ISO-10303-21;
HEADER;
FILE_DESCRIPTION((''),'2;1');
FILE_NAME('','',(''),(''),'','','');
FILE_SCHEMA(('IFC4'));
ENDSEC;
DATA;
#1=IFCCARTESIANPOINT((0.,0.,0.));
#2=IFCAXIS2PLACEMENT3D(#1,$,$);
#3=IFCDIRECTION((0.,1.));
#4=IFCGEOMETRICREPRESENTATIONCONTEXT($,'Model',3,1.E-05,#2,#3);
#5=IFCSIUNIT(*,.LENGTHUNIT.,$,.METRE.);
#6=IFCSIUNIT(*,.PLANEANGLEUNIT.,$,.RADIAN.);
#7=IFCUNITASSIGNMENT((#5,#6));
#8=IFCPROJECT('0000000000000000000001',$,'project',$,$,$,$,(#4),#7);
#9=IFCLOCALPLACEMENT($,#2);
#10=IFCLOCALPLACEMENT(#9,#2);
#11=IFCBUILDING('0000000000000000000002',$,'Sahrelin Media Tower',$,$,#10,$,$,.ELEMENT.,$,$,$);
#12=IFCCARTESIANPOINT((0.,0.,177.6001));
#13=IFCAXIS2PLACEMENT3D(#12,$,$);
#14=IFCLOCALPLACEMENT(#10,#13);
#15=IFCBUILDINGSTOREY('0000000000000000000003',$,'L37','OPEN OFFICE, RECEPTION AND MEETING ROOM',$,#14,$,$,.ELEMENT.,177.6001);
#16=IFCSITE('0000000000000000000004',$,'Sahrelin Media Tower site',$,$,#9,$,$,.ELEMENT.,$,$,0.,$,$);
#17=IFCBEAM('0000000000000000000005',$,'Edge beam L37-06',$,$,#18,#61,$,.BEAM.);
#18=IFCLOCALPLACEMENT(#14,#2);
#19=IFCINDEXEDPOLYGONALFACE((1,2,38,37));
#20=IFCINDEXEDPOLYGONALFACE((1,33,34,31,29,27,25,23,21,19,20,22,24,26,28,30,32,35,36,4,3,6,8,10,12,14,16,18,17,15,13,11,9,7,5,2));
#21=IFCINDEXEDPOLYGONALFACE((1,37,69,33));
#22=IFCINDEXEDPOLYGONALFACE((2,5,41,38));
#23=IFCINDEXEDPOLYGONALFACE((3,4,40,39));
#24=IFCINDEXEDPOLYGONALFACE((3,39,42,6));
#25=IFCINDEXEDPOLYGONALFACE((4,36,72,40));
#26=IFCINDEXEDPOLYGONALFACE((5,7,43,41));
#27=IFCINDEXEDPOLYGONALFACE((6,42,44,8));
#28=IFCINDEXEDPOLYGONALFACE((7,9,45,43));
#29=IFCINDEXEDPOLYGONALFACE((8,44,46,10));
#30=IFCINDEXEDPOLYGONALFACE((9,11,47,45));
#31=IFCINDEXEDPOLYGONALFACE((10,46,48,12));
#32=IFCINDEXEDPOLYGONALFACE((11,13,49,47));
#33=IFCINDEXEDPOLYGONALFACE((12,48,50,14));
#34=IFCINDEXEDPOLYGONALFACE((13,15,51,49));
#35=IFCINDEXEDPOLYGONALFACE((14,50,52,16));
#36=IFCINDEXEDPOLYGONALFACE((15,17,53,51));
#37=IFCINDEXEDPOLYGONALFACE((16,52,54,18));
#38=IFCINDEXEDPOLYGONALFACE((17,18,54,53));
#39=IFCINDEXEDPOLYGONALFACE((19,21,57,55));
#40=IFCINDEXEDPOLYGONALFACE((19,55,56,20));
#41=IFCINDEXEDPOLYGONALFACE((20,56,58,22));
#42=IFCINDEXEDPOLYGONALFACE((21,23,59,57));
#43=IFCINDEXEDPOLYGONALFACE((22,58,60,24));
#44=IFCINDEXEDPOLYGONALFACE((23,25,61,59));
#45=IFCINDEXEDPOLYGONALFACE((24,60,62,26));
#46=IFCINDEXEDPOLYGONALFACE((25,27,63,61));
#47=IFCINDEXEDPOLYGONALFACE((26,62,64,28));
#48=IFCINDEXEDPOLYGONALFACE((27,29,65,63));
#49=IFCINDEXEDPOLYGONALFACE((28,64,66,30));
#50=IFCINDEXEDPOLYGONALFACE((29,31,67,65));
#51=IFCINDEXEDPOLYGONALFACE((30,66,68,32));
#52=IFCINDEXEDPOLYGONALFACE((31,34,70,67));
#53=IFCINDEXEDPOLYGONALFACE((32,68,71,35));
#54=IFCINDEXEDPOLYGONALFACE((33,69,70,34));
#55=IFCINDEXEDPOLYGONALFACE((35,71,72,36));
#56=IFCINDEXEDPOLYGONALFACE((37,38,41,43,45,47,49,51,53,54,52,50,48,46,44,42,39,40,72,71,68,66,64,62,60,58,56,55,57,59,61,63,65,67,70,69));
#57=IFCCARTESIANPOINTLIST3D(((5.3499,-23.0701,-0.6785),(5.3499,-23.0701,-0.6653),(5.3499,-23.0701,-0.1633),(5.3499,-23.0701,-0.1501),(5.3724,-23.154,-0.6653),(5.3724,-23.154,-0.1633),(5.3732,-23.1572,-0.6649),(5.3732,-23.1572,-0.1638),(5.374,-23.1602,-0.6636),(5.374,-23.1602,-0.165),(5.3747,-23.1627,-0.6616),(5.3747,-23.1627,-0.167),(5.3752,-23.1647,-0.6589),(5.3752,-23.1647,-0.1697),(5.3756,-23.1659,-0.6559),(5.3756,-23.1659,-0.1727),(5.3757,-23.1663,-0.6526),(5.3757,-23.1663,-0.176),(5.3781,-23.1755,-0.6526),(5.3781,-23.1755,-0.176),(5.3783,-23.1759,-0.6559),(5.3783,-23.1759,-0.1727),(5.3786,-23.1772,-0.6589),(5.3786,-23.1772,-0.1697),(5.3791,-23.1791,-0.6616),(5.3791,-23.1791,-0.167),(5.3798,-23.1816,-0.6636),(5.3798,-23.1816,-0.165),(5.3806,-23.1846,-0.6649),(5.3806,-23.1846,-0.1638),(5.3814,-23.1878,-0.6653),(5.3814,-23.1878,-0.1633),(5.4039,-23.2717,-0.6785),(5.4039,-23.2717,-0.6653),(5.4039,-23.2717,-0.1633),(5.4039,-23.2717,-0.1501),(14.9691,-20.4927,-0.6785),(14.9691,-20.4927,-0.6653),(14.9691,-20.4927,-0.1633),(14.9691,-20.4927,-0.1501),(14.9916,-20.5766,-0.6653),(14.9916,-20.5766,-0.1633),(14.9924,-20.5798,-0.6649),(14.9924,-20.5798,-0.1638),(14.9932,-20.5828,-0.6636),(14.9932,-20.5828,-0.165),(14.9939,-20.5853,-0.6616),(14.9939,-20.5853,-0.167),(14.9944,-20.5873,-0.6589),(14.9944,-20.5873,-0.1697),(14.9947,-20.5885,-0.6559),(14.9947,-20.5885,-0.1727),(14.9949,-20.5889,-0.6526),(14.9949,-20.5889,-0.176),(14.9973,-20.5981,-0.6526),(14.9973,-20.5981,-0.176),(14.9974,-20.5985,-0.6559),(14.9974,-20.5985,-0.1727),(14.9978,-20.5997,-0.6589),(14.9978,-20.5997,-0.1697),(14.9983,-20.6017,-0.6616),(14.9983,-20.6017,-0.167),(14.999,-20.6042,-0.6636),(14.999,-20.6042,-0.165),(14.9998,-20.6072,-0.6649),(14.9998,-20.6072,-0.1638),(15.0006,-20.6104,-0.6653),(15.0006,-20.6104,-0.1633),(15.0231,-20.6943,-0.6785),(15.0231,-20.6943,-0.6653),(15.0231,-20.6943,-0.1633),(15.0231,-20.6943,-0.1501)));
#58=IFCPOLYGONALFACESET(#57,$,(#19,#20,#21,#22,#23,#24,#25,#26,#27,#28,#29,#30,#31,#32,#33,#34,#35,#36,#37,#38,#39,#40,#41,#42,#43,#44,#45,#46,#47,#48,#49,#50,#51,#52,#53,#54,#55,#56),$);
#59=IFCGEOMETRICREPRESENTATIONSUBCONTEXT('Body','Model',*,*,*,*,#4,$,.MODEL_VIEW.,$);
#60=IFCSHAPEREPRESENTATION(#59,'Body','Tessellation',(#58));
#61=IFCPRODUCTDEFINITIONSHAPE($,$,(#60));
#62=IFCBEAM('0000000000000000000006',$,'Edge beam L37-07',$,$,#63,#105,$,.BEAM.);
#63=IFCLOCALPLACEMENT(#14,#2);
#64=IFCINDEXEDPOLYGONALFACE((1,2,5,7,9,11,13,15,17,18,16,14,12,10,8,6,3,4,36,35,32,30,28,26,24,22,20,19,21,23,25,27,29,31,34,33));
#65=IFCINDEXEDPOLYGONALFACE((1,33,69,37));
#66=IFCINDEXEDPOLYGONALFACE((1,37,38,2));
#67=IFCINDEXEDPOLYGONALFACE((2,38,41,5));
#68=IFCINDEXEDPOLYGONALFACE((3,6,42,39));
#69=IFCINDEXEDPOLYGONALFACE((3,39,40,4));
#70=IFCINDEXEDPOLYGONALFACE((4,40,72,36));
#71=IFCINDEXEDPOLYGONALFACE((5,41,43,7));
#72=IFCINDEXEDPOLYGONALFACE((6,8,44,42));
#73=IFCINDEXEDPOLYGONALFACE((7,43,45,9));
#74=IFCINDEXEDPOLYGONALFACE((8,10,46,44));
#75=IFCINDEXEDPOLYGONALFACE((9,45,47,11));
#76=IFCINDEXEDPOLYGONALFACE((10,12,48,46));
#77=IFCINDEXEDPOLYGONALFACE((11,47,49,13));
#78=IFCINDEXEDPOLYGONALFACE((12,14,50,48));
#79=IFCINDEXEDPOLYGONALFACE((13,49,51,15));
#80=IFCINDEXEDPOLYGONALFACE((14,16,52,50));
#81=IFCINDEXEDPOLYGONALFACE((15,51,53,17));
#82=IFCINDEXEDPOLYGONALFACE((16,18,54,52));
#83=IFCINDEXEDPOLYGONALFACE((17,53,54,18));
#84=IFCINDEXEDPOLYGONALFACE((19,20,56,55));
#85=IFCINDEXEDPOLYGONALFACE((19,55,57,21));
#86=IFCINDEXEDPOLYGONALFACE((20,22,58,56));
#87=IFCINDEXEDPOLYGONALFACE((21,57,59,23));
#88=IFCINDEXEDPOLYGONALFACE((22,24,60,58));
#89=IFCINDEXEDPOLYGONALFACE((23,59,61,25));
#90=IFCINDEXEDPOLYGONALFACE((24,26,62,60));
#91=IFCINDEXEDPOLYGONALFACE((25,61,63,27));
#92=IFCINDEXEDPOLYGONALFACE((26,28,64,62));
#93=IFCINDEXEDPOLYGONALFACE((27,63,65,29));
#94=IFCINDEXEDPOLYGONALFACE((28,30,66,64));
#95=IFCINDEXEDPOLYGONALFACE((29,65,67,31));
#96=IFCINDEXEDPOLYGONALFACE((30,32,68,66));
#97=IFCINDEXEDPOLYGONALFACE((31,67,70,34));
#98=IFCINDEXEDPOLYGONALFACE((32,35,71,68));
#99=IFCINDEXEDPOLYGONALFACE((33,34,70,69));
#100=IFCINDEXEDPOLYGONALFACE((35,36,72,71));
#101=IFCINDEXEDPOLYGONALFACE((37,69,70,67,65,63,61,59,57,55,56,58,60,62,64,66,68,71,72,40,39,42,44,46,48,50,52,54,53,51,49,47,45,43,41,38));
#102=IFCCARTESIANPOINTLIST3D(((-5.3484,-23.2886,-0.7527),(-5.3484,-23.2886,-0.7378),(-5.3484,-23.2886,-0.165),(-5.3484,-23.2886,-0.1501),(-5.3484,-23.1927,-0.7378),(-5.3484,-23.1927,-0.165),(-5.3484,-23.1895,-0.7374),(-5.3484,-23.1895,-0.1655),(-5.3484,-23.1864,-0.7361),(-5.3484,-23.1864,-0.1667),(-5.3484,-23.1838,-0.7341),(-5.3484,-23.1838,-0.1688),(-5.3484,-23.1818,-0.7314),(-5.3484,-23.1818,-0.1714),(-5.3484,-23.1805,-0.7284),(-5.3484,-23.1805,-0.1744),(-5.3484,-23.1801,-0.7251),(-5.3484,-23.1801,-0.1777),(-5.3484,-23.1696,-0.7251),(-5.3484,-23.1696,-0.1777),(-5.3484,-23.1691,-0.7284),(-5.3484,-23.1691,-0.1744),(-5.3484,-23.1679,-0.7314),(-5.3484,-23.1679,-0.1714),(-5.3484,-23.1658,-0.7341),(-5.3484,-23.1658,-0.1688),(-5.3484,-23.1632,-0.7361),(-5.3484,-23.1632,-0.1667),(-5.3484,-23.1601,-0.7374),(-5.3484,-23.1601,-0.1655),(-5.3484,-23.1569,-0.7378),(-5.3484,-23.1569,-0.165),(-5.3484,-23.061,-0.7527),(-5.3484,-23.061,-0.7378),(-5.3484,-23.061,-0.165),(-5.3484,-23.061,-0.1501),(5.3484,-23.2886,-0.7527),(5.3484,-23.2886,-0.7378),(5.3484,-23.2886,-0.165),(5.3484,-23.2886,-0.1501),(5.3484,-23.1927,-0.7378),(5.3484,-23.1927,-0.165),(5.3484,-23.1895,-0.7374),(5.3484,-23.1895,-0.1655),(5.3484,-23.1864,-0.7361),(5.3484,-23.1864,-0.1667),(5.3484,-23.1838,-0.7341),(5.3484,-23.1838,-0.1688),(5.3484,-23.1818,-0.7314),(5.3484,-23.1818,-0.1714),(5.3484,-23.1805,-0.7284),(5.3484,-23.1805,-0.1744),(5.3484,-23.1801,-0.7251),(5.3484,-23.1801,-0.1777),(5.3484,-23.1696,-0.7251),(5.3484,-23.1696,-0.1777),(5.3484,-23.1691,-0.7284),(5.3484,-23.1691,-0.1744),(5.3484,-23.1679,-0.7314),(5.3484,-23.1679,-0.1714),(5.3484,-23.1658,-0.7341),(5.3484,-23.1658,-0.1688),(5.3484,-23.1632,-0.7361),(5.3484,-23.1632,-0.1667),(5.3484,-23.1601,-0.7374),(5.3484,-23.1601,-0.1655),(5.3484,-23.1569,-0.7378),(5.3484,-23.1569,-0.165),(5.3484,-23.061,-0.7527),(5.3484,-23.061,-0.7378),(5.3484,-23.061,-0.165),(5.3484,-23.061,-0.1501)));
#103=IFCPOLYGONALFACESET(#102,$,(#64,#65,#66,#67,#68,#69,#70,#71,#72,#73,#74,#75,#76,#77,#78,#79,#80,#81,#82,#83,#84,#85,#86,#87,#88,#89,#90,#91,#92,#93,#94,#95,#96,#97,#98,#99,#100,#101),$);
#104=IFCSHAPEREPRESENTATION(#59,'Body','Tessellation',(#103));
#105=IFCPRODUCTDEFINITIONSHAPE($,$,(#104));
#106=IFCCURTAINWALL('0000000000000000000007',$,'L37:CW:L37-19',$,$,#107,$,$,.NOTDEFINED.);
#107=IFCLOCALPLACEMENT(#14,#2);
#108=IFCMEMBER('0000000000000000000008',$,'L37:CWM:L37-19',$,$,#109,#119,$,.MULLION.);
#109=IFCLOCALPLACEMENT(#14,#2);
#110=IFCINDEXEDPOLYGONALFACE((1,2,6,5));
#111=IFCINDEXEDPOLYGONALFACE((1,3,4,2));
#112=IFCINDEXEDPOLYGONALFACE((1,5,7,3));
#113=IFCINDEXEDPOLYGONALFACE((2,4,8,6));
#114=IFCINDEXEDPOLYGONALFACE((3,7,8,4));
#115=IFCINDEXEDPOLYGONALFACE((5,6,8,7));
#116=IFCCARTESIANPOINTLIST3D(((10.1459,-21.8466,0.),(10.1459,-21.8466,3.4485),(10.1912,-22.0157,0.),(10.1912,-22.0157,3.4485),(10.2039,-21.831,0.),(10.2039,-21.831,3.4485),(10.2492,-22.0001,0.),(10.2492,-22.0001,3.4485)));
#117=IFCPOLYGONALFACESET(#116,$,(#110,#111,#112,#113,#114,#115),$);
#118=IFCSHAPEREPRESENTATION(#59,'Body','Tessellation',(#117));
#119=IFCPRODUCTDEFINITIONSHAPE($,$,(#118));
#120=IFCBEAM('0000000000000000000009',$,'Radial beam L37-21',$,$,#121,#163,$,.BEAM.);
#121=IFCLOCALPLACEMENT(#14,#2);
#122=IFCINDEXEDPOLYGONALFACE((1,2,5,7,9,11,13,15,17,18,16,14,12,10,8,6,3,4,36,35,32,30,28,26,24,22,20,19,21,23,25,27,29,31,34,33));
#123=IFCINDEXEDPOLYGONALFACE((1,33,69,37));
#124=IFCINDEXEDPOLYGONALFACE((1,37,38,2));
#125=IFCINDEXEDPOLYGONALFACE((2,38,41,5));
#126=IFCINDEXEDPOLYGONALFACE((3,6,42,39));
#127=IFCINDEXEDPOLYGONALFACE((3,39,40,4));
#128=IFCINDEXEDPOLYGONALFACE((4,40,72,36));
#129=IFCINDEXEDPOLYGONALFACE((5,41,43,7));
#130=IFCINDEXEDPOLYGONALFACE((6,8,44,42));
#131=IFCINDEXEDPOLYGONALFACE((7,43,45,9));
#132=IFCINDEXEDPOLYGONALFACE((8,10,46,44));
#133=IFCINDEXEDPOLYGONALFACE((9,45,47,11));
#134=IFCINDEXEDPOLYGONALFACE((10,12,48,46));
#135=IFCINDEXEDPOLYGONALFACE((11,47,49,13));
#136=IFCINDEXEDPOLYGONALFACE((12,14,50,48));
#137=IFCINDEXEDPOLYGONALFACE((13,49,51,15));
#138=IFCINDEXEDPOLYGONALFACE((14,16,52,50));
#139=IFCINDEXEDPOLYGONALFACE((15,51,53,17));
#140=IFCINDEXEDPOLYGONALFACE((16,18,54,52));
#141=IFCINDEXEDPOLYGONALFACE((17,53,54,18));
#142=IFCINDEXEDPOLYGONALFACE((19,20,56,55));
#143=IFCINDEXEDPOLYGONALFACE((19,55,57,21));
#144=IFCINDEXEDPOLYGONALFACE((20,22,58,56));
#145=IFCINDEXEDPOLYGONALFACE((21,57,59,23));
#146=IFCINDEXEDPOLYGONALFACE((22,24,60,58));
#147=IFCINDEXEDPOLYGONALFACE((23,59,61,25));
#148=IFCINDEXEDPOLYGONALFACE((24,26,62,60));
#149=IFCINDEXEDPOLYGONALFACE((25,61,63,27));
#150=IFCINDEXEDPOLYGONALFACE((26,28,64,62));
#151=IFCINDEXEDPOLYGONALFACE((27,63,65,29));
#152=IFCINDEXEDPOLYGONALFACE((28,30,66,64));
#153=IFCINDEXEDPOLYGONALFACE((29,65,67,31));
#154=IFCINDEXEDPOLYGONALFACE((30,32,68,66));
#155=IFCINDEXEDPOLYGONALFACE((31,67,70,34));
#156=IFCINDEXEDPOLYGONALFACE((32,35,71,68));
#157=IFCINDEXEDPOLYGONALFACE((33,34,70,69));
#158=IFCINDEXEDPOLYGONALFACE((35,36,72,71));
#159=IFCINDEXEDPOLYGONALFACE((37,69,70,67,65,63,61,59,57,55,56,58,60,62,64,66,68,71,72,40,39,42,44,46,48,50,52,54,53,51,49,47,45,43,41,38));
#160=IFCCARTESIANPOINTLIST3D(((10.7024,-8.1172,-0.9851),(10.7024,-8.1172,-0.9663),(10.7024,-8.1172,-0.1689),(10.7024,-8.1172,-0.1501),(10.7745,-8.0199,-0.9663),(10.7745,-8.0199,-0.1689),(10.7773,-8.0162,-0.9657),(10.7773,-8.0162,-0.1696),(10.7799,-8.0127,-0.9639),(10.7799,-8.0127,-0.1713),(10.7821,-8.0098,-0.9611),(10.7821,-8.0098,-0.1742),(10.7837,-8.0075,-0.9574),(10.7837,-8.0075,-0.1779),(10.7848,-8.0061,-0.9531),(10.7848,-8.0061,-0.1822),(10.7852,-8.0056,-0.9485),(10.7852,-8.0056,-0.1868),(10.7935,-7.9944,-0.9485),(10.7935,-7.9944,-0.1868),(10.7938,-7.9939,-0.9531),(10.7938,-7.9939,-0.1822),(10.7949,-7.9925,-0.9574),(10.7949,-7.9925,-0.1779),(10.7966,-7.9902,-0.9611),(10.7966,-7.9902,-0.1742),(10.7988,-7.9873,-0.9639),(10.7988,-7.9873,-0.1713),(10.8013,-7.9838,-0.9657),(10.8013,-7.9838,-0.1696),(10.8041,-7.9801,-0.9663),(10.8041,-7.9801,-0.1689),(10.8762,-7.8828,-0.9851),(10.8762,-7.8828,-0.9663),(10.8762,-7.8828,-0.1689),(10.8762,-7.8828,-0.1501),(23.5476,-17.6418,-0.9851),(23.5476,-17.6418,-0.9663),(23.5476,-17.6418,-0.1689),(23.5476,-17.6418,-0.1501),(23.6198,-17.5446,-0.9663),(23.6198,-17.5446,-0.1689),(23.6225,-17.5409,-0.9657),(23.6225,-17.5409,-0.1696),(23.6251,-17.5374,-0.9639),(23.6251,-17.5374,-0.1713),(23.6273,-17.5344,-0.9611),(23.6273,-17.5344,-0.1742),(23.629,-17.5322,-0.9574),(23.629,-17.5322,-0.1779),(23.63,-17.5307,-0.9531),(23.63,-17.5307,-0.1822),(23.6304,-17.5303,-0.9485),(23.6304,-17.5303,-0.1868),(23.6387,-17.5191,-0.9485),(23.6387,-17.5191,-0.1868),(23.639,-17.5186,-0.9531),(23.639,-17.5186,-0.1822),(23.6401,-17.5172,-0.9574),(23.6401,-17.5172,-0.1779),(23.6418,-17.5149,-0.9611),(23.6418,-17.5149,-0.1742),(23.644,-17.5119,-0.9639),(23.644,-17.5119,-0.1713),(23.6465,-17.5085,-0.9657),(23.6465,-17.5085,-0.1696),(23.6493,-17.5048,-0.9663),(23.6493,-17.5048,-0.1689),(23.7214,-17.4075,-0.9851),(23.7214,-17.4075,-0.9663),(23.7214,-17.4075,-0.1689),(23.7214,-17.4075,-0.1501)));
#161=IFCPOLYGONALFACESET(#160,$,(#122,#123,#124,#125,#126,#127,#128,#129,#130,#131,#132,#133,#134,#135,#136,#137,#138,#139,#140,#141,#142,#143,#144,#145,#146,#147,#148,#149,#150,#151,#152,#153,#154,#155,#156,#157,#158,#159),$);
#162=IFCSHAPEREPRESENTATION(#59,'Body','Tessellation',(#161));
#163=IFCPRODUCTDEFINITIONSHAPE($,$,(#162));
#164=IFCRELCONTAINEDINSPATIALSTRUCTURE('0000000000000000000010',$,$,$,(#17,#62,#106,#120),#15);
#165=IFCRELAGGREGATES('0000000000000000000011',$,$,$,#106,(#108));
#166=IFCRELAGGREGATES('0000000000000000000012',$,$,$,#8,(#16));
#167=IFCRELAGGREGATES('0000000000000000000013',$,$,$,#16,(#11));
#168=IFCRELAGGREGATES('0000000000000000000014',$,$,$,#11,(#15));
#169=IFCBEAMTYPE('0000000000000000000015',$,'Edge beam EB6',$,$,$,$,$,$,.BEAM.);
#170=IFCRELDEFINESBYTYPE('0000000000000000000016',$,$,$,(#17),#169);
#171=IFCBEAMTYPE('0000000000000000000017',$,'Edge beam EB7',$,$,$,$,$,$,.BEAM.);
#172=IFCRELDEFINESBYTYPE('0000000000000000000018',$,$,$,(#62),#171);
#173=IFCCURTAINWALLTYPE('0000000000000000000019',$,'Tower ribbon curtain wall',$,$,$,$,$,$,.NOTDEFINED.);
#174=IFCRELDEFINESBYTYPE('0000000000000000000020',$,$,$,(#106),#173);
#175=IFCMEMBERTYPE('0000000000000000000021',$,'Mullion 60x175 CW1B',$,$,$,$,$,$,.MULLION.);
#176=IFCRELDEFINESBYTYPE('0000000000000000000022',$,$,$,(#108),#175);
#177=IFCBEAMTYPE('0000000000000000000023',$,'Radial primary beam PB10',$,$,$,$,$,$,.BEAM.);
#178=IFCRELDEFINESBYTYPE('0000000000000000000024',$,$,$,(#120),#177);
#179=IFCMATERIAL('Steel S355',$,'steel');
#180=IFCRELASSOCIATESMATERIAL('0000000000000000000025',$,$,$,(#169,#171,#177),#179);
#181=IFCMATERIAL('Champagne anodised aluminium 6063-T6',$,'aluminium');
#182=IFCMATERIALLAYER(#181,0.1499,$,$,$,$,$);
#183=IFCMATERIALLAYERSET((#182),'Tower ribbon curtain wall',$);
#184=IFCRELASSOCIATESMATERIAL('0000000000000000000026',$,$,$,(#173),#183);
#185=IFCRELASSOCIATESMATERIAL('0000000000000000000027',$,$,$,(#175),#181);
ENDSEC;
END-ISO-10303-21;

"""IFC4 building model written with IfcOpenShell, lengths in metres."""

from ifc_helpers import new_model, si_unit, direction, frame, origin, origin_2d, place, context, subcontext, project, spatial, rectangle, i_section, extrude, material, layer, layer_set, material_profile, profile_set, type_object, element, aggregate, save


model = new_model("IFC4")

# Units and contexts
model_context = context("Model", 3, precision=1e-05, world=origin(), true_north=direction((0.0, 1.0)))
body_context = subcontext(model_context, "Body", "Model", "MODEL_VIEW")
ifc_project = project(units=[si_unit("LENGTHUNIT", "METRE"), si_unit("PLANEANGLEUNIT", "RADIAN")], contexts=[model_context])

# Site, building, storey
site_placement = place(None, origin())
site = spatial("IfcSite", under=ifc_project, at=site_placement, Name="Sahrelin Media Tower site", CompositionType="ELEMENT", RefElevation=0.0)
building_placement = place(site_placement, origin())
building = spatial("IfcBuilding", under=site, at=building_placement, Name="Sahrelin Media Tower", CompositionType="ELEMENT")
storey_placement = place(building_placement, frame((0.0, 0.0, 177.6001)))
storey = spatial("IfcBuildingStorey", under=building, at=storey_placement, Name="L37", Description="OPEN OFFICE, RECEPTION AND MEETING ROOM", CompositionType="ELEMENT", Elevation=177.6001)

# Beams
ifc_material_1 = material(Name="Steel S355", Category="steel")
ifc_material_profile_1 = material_profile(ifc_material_1, i_section(OverallWidth=0.2087, OverallDepth=0.5283, WebThickness=0.0095, FlangeThickness=0.0132, FilletRadius=0.0127, at=origin_2d()), Name="UB 533x210x82")
ifc_profile_set_1 = profile_set([ifc_material_profile_1], Name="Steel S355")
beam_type_1 = type_object("IfcBeamType", Name="Edge beam EB6", PredefinedType="BEAM", material=ifc_profile_set_1)
beam_1_placement = place(storey_placement, frame((14.9961, -20.5935, -0.4143), z_axis=(-0.965927, -0.258815, 0.0), x_axis=(0.258815, -0.965927, 0.0)))
element("IfcBeam", 1, at=beam_1_placement, inside=storey, type_object=beam_type_1, Name="Edge beam L37-06", PredefinedType="BEAM", context=body_context, shape_type="SweptSolid", body=[
    extrude(i_section(OverallWidth=0.2087, OverallDepth=0.5283, WebThickness=0.0095, FlangeThickness=0.0132, FilletRadius=0.0127, at=origin_2d()), origin(), (0.0, 0.0, 1.0), 9.9585),
])
ifc_material_profile_2 = material_profile(ifc_material_1, i_section(OverallWidth=0.2275, OverallDepth=0.6025, WebThickness=0.0105, FlangeThickness=0.0149, FilletRadius=0.0127, at=origin_2d()), Name="UB 610x229x101")
ifc_profile_set_2 = profile_set([ifc_material_profile_2], Name="Steel S355")
beam_type_2 = type_object("IfcBeamType", Name="Edge beam EB7", PredefinedType="BEAM", material=ifc_profile_set_2)
beam_2_placement = place(storey_placement, frame((5.3484, -23.1748, -0.4514), z_axis=(-1.0, 0.0, 0.0), x_axis=(0.0, -1.0, 0.0)))
element("IfcBeam", 2, at=beam_2_placement, inside=storey, type_object=beam_type_2, Name="Edge beam L37-07", PredefinedType="BEAM", context=body_context, shape_type="SweptSolid", body=[
    extrude(i_section(OverallWidth=0.2275, OverallDepth=0.6025, WebThickness=0.0105, FlangeThickness=0.0149, FilletRadius=0.0127, at=origin_2d()), origin(), (0.0, 0.0, 1.0), 10.6968),
])

# Curtain wall, member
ifc_material_2 = material(Name="Champagne anodised aluminium 6063-T6", Category="aluminium")
ifc_layer_1 = layer(ifc_material_2, 0.1499)
ifc_layer_set_1 = layer_set([ifc_layer_1], Name="Tower ribbon curtain wall")
curtain_wall_type = type_object("IfcCurtainWallType", Name="Tower ribbon curtain wall", PredefinedType="NOTDEFINED", material=ifc_layer_set_1)
curtain_wall_placement = place(storey_placement, frame((10.2251, -22.0271, 0.0), z_axis=(0.0, 0.0, 1.0), x_axis=(1.0, 0.0, 0.0)))
curtain_wall = element("IfcCurtainWall", 3, at=curtain_wall_placement, inside=storey, type_object=curtain_wall_type, Name="L37:CW:L37-19", PredefinedType="NOTDEFINED")
ifc_material_profile_3 = material_profile(ifc_material_2, rectangle(XDim=0.0601, YDim=0.175, at=origin_2d()), Name="Mullion 60x175")
ifc_profile_set_3 = profile_set([ifc_material_profile_3], Name="Champagne anodised aluminium 6063-T6")
member_type_1 = type_object("IfcMemberType", Name="Mullion 60x175 CW1B", PredefinedType="MULLION", material=ifc_profile_set_3)
member_1_placement = place(storey_placement, frame((10.1975, -21.9233, 0.0), z_axis=(0.0, 0.0, 1.0), x_axis=(0.965928, 0.258812, 0.0)))
member_1 = element("IfcMember", 4, at=member_1_placement, type_object=member_type_1, Name="L37:CWM:L37-19", PredefinedType="MULLION", context=body_context, shape_type="SweptSolid", body=[
    extrude(rectangle(XDim=0.0601, YDim=0.175, at=origin_2d()), origin(), (0.0, 0.0, 1.0), 3.4485),
])

# Beam
ifc_material_profile_4 = material_profile(ifc_material_1, i_section(OverallWidth=0.2917, OverallDepth=0.835, WebThickness=0.0139, FlangeThickness=0.0188, FilletRadius=0.0178, at=origin_2d()), Name="UB 838x292x176")
ifc_profile_set_4 = profile_set([ifc_material_profile_4], Name="Steel S355")
beam_type_3 = type_object("IfcBeamType", Name="Radial primary beam PB10", PredefinedType="BEAM", material=ifc_profile_set_4)
beam_3_placement = place(storey_placement, frame((10.7893, -8.0, -0.5676), z_axis=(0.803267, -0.595619, 0.0), x_axis=(0.595619, 0.803267, 0.0)))
element("IfcBeam", 5, at=beam_3_placement, inside=storey, type_object=beam_type_3, Name="Radial beam L37-21", PredefinedType="BEAM", context=body_context, shape_type="SweptSolid", body=[
    extrude(i_section(OverallWidth=0.2917, OverallDepth=0.835, WebThickness=0.0139, FlangeThickness=0.0188, FilletRadius=0.0178, at=origin_2d()), origin(), (0.0, 0.0, 1.0), 15.9912),
])

aggregate(curtain_wall, [member_1])

save(model, "model.ifc")
